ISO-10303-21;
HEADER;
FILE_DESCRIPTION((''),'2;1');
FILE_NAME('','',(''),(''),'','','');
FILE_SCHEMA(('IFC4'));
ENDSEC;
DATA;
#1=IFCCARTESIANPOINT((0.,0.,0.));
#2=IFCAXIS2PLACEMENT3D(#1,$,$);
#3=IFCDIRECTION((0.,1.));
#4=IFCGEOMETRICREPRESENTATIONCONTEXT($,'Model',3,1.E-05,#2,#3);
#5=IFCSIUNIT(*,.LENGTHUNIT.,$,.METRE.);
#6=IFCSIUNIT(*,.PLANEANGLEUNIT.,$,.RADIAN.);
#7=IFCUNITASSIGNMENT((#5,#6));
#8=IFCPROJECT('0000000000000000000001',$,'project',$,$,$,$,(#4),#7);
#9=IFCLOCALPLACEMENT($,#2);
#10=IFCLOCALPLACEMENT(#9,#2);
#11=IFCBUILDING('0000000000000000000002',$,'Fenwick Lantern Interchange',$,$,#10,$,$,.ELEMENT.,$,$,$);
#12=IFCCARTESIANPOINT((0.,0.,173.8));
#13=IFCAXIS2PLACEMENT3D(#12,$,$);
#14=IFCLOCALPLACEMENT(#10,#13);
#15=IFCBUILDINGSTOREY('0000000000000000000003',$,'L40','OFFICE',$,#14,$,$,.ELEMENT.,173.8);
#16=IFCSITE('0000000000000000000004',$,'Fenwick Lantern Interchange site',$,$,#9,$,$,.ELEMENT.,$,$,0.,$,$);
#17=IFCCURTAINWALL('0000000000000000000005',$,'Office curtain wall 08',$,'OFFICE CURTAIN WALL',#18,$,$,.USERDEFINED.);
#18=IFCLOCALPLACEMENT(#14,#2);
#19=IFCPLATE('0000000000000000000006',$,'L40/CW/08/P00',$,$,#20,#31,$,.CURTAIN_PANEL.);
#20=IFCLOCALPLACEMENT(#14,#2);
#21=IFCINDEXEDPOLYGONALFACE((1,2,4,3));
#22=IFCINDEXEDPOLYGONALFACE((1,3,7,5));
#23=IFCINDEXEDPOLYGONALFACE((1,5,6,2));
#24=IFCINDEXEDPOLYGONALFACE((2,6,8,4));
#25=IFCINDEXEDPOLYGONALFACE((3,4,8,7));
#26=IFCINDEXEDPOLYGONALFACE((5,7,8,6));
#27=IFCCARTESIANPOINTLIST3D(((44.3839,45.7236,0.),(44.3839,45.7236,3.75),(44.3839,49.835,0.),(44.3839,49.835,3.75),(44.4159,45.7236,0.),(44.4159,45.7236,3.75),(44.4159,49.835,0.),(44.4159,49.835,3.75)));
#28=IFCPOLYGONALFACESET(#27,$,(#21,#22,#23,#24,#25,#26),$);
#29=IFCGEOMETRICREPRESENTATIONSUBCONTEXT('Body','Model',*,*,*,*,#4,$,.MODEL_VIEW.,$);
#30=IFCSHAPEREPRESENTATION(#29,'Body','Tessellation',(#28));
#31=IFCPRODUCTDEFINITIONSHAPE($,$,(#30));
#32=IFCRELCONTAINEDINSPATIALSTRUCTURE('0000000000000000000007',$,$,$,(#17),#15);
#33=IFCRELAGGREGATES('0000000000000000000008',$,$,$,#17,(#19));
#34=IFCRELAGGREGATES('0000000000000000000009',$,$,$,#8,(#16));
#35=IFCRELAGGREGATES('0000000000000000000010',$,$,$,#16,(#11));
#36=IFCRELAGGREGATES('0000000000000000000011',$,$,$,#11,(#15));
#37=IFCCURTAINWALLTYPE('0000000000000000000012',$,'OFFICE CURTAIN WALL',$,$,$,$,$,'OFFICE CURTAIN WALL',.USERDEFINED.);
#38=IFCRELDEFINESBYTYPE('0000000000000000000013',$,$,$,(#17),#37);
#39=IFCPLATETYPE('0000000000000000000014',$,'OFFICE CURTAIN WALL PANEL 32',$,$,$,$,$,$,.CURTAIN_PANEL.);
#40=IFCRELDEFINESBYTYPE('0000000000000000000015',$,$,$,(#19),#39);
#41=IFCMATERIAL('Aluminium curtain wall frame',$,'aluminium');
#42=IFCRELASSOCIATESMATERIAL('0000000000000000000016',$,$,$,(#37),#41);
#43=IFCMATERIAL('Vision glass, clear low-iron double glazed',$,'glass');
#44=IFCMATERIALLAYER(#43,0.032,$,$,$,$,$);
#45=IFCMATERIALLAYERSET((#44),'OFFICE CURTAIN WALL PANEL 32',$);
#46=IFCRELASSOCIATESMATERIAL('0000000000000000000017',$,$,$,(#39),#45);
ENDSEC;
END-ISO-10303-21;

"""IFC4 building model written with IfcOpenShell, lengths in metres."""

from ifc_helpers import new_model, si_unit, direction, frame, origin, origin_2d, place, context, subcontext, project, spatial, rectangle, extrude, material, layer, layer_set, type_object, element, aggregate, save


model = new_model("IFC4")

# Units and contexts
model_context = context("Model", 3, precision=1e-05, world=origin(), true_north=direction((0.0, 1.0)))
body_context = subcontext(model_context, "Body", "Model", "MODEL_VIEW")
ifc_project = project(units=[si_unit("LENGTHUNIT", "METRE"), si_unit("PLANEANGLEUNIT", "RADIAN")], contexts=[model_context])

# Site, building, storey
site_placement = place(None, origin())
site = spatial("IfcSite", under=ifc_project, at=site_placement, Name="Fenwick Lantern Interchange site", CompositionType="ELEMENT", RefElevation=0.0)
building_placement = place(site_placement, origin())
building = spatial("IfcBuilding", under=site, at=building_placement, Name="Fenwick Lantern Interchange", CompositionType="ELEMENT")
storey_placement = place(building_placement, frame((0.0, 0.0, 173.8)))
storey = spatial("IfcBuildingStorey", under=building, at=storey_placement, Name="L40", Description="OFFICE", CompositionType="ELEMENT", Elevation=173.8)

# Shared definitions
ifc_material_1 = material(Name="Aluminium curtain wall frame", Category="aluminium")
curtain_wall_type = type_object("IfcCurtainWallType", Name="OFFICE CURTAIN WALL", ElementType="OFFICE CURTAIN WALL", PredefinedType="USERDEFINED", material=ifc_material_1)

# Curtain wall
curtain_wall_1_placement = place(storey_placement, origin())
curtain_wall_1 = element("IfcCurtainWall", 1, at=curtain_wall_1_placement, inside=storey, type_object=curtain_wall_type, Name="Office curtain wall 08", ObjectType="OFFICE CURTAIN WALL", PredefinedType="USERDEFINED")

# Plate
ifc_material_2 = material(Name="Vision glass, clear low-iron double glazed", Category="glass")
ifc_layer_1 = layer(ifc_material_2, 0.032)
ifc_layer_set_1 = layer_set([ifc_layer_1], Name="OFFICE CURTAIN WALL PANEL 32")
plate_type = type_object("IfcPlateType", Name="OFFICE CURTAIN WALL PANEL 32", PredefinedType="CURTAIN_PANEL", material=ifc_layer_set_1)
plate_1_placement = place(storey_placement, frame((44.3999, 47.7793, 0.0), z_axis=(0.0, 0.0, 1.0), x_axis=(0.0, 1.0, 0.0)))
plate_1 = element("IfcPlate", 2, at=plate_1_placement, type_object=plate_type, Name="L40/CW/08/P00", PredefinedType="CURTAIN_PANEL", context=body_context, shape_type="SweptSolid", body=[
    extrude(rectangle(XDim=4.1113, YDim=0.032, at=origin_2d()), origin(), (0.0, 0.0, 1.0), 3.75),
])
aggregate(curtain_wall_1, [plate_1])

save(model, "model.ifc")
